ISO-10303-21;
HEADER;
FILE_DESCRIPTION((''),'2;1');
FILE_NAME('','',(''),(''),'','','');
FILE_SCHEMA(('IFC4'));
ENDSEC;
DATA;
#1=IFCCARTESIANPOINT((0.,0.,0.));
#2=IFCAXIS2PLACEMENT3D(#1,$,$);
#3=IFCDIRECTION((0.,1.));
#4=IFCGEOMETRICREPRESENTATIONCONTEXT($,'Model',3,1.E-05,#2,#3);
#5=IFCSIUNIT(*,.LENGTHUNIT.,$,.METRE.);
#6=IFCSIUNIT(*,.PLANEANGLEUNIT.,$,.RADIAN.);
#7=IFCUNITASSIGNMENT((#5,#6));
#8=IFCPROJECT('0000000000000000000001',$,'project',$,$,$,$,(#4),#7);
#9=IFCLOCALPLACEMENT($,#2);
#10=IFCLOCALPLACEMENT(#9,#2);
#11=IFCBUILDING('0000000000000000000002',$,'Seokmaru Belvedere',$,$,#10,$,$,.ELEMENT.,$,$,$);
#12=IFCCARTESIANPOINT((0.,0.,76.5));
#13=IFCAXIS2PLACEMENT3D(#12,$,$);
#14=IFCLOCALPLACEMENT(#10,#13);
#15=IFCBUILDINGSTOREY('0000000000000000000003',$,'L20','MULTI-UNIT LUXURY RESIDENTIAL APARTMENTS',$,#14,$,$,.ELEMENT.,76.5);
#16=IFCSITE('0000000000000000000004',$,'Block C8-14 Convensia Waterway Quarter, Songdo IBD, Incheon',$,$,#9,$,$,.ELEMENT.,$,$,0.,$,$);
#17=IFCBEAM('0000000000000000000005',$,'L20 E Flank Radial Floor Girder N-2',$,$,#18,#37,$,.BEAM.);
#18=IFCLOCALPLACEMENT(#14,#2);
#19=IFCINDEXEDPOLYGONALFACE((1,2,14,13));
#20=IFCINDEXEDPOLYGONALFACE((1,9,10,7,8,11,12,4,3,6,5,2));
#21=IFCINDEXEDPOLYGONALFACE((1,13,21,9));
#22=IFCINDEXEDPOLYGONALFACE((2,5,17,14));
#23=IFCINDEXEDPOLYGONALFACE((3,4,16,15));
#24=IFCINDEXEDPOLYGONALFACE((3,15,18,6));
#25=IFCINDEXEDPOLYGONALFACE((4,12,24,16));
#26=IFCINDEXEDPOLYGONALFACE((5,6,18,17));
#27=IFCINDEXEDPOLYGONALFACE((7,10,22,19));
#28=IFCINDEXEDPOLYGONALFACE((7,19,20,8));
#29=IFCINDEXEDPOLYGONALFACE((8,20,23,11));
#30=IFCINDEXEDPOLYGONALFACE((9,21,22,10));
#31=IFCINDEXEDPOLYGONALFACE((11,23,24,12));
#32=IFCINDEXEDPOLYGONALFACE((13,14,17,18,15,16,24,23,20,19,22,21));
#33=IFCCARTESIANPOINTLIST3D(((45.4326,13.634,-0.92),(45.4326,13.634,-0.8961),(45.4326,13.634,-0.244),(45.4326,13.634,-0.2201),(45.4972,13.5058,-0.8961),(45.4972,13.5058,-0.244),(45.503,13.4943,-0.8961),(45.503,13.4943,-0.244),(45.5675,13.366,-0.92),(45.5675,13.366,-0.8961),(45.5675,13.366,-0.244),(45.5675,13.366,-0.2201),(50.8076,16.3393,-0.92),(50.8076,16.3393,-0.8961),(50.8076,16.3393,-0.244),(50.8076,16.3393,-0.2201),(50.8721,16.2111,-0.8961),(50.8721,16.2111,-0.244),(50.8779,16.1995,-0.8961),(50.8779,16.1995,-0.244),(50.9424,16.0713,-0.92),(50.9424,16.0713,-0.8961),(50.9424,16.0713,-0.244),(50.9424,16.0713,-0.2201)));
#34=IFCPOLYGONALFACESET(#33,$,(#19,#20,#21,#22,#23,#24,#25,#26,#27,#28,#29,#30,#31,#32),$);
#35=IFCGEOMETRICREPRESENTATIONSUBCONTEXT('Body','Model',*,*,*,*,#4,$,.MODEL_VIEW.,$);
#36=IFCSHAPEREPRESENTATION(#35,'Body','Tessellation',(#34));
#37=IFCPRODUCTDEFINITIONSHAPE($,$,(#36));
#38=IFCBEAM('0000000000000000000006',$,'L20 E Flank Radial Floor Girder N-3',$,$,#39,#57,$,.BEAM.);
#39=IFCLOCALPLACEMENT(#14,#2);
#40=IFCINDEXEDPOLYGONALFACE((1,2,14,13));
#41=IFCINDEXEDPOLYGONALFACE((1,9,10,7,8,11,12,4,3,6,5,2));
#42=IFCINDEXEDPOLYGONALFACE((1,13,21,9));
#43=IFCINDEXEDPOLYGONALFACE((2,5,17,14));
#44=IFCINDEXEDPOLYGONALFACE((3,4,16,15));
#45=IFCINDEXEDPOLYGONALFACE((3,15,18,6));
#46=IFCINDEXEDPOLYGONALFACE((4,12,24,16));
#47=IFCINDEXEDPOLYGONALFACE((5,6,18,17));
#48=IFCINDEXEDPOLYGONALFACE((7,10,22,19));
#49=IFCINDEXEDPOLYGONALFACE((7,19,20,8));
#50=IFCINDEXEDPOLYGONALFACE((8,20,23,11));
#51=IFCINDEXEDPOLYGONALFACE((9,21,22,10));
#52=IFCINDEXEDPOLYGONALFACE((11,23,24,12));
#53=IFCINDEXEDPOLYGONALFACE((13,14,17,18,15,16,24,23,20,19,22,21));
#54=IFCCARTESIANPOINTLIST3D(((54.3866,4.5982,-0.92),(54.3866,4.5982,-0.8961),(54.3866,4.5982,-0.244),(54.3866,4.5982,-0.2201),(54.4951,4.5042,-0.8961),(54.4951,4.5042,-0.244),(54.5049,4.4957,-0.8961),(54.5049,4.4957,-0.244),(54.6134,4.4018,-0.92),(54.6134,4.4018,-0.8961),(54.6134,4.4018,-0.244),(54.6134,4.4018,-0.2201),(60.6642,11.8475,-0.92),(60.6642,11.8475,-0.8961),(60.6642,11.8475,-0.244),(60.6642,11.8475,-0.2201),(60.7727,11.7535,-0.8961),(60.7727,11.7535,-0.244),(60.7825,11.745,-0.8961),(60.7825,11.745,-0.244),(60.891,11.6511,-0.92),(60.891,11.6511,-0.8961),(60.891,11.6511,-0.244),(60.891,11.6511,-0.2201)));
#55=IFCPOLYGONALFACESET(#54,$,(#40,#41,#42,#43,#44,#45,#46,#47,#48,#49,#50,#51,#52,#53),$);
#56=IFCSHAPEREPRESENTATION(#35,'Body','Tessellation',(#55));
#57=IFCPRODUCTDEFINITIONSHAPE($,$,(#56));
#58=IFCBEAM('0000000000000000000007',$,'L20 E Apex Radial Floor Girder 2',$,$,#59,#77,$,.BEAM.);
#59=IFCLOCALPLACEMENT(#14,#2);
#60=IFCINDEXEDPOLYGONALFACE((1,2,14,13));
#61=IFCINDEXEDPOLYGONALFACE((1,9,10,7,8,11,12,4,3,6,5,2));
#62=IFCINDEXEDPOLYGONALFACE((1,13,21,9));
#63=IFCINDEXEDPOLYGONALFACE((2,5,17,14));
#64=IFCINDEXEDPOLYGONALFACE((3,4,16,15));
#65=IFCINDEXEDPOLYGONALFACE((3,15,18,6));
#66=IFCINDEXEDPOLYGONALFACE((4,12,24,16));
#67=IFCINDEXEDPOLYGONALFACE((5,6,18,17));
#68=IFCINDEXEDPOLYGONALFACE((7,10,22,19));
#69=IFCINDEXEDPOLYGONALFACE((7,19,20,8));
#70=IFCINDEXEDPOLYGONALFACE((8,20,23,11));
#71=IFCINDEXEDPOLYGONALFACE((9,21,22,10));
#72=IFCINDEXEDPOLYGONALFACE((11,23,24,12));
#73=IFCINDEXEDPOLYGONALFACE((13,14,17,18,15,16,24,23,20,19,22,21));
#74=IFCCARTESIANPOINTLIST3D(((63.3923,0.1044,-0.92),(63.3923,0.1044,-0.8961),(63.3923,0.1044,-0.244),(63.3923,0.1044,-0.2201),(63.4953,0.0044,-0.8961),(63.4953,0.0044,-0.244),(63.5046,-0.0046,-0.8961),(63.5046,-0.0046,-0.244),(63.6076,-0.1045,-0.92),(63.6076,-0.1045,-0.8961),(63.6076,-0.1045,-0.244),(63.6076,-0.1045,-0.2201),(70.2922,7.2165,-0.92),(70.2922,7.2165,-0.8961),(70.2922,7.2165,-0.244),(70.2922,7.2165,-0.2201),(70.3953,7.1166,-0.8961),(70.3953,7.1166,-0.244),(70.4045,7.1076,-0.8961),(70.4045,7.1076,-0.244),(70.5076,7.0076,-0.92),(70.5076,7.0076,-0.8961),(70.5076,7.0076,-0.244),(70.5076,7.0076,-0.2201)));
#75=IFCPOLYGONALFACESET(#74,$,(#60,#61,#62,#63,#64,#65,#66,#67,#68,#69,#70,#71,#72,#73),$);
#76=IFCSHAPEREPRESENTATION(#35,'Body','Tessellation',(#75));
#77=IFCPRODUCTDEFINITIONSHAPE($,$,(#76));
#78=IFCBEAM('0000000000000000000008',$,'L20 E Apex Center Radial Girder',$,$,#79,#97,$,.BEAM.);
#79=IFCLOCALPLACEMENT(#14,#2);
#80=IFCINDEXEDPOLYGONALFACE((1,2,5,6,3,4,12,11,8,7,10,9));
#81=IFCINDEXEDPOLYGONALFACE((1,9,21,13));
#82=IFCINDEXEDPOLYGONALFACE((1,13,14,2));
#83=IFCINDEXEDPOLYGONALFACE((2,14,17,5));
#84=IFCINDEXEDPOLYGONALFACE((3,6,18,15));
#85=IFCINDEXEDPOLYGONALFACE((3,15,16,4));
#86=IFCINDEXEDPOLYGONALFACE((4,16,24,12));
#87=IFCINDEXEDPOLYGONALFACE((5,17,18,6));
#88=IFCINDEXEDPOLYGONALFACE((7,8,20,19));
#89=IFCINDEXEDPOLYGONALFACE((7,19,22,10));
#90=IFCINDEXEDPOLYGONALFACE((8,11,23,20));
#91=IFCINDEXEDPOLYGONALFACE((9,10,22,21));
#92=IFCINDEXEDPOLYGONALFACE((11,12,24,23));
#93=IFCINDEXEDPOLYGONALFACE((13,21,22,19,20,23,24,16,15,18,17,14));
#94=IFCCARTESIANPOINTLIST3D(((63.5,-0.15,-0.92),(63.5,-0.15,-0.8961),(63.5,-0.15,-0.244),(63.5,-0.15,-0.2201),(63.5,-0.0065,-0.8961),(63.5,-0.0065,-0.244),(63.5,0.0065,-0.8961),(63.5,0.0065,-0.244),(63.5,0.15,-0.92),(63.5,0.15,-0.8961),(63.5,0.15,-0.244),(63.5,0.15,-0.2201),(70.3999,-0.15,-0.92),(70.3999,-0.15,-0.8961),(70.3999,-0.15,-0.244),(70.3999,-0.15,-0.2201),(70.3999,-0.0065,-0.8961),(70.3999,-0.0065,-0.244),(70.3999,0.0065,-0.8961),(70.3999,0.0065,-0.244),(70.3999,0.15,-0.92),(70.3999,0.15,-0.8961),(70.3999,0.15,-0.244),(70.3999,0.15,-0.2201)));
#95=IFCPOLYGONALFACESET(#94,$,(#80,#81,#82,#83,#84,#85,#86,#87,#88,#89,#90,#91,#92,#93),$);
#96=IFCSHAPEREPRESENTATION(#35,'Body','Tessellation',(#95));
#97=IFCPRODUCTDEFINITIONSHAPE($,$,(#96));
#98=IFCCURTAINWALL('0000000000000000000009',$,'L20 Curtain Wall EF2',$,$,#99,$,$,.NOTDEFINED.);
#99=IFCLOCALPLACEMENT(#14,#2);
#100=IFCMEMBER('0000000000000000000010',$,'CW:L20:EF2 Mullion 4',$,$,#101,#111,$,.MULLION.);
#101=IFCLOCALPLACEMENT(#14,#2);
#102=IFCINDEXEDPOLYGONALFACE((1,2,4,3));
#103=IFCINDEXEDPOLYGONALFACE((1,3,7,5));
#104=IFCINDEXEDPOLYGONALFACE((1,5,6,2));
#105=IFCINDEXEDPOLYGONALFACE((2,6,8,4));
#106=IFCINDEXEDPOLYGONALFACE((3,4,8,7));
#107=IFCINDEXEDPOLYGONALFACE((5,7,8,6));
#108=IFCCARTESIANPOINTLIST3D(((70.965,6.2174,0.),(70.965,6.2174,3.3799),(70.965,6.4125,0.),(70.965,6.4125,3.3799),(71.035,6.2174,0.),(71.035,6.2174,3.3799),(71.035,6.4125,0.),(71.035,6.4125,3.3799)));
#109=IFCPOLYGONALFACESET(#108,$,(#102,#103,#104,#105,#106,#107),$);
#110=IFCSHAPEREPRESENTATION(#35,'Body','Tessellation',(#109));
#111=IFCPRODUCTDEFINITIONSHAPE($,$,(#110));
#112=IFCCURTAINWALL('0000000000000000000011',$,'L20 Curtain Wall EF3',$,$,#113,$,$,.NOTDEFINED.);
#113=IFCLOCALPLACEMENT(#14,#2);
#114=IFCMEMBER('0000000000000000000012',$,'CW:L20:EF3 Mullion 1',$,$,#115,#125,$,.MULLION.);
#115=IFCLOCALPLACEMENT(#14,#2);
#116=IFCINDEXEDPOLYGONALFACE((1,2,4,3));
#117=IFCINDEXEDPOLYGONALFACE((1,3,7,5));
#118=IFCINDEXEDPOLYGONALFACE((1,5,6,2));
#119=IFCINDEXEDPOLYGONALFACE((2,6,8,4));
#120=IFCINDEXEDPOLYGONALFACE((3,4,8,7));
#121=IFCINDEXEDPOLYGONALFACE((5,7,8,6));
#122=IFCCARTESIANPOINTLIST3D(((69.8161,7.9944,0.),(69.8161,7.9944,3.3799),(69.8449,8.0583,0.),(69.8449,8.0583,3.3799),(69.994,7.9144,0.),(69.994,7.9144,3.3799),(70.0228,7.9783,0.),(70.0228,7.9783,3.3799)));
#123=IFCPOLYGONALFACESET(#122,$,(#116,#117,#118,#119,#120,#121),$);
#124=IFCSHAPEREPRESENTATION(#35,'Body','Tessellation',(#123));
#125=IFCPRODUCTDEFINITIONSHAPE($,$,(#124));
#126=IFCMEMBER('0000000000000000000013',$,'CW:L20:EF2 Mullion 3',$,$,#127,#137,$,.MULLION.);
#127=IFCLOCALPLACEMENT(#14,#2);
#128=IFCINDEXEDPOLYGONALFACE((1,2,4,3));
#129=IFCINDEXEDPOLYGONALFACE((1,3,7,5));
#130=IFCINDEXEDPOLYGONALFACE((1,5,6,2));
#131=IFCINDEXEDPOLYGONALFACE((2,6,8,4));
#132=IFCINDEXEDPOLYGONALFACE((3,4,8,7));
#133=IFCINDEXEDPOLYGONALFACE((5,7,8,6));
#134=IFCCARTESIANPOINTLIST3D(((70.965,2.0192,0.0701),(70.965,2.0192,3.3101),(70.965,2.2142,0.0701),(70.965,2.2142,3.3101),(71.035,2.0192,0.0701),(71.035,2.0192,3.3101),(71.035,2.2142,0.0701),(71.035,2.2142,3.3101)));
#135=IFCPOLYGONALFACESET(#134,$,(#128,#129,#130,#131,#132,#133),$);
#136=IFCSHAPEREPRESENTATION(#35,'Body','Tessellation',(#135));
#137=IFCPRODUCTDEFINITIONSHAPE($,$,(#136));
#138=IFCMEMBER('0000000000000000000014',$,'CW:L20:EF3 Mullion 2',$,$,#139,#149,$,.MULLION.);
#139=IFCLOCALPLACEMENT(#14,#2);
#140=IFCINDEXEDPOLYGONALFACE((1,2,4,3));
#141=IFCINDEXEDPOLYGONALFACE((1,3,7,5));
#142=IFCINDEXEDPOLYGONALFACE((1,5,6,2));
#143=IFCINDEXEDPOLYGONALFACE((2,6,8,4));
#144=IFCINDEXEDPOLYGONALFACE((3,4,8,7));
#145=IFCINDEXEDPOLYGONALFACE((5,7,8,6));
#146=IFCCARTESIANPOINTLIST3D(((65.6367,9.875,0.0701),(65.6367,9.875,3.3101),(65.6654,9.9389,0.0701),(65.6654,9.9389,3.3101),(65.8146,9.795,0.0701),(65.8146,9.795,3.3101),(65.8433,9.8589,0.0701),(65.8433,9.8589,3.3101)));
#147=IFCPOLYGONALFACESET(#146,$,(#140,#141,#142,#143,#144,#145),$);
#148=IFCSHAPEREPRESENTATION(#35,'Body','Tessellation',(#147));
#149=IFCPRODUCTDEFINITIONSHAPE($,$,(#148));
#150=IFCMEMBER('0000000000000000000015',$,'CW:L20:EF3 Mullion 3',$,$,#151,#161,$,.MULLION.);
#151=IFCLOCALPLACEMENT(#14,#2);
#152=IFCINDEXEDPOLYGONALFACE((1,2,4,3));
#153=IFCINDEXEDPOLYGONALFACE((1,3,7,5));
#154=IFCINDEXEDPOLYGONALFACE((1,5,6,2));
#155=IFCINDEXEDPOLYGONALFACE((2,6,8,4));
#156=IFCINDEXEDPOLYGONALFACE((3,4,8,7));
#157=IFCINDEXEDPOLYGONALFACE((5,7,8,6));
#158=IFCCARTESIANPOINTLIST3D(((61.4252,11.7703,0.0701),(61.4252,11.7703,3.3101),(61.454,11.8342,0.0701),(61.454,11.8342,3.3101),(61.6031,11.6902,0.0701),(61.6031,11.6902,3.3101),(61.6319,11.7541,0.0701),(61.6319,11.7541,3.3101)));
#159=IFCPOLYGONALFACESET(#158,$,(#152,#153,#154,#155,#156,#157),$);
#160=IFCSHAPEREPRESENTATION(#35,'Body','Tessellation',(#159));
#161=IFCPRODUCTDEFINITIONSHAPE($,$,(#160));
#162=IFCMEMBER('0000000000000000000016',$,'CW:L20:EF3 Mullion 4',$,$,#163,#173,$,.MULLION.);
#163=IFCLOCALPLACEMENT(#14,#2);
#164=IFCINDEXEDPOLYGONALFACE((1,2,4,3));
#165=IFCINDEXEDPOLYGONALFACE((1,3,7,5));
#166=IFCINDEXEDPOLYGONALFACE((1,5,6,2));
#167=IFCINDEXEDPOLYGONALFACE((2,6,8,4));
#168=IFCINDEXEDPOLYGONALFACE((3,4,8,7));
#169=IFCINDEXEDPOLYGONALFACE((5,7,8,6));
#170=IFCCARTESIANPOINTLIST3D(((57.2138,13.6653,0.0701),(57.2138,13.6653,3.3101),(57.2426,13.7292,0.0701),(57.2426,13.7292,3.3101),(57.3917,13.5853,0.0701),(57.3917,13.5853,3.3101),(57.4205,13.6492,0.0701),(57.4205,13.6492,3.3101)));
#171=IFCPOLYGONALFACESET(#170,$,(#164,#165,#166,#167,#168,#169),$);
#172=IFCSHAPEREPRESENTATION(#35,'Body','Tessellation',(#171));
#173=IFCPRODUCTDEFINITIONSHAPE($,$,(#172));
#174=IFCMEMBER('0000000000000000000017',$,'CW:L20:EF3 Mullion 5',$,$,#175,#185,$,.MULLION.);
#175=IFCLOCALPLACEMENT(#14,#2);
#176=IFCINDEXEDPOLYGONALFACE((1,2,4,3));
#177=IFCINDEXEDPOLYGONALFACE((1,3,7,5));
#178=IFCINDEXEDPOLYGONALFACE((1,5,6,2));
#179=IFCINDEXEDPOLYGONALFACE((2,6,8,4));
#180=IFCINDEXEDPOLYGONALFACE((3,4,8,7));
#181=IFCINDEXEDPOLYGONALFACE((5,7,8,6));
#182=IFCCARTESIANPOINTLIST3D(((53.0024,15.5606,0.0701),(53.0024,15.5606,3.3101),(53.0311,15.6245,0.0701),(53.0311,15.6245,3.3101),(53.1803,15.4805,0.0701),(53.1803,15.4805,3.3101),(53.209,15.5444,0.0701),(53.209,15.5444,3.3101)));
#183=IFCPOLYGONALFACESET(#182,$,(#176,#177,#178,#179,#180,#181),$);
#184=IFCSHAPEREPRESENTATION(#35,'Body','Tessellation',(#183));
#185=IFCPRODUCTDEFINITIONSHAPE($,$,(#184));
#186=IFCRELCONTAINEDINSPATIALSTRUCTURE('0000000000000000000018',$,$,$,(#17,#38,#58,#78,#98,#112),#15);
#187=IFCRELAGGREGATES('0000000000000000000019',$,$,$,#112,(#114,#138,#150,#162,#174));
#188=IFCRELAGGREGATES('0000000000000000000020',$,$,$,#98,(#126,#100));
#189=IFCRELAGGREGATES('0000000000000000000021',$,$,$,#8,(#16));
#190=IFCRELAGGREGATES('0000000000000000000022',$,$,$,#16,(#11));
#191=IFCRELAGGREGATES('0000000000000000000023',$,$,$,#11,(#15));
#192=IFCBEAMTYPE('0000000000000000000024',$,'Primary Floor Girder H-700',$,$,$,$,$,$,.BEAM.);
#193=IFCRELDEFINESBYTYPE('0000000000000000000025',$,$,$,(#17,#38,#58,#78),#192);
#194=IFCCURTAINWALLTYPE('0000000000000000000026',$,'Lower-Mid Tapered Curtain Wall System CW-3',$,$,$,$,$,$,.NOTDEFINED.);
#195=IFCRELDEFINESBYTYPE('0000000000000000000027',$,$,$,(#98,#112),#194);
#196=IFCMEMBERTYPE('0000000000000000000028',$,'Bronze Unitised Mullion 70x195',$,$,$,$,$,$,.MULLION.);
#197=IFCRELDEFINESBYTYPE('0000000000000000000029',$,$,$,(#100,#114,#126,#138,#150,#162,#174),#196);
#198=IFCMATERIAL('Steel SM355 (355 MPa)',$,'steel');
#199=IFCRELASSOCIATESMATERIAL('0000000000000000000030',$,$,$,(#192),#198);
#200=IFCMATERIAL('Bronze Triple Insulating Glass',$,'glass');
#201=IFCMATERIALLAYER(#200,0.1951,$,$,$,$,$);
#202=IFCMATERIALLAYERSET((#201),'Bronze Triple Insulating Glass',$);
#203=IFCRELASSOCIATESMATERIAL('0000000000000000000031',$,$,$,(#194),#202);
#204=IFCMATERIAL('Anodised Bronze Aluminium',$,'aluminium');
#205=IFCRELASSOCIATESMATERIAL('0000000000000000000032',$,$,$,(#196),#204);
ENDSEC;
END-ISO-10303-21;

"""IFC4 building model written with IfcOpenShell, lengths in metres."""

from ifc_helpers import new_model, si_unit, direction, frame, origin, origin_2d, place, context, subcontext, project, spatial, rectangle, i_section, extrude, source, transform, mapped, material, layer, layer_set, material_profile, profile_set, type_object, type_shapes, element, aggregate, save


model = new_model("IFC4")

# Units and contexts
model_context = context("Model", 3, precision=1e-05, world=origin(), true_north=direction((0.0, 1.0)))
body_context = subcontext(model_context, "Body", "Model", "MODEL_VIEW")
ifc_project = project(units=[si_unit("LENGTHUNIT", "METRE"), si_unit("PLANEANGLEUNIT", "RADIAN")], contexts=[model_context])

# Site, building, storey
site_placement = place(None, origin())
site = spatial("IfcSite", under=ifc_project, at=site_placement, Name="Block C8-14 Convensia Waterway Quarter, Songdo IBD, Incheon", CompositionType="ELEMENT", RefElevation=0.0)
building_placement = place(site_placement, origin())
building = spatial("IfcBuilding", under=site, at=building_placement, Name="Seokmaru Belvedere", CompositionType="ELEMENT")
storey_placement = place(building_placement, frame((0.0, 0.0, 76.5)))
storey = spatial("IfcBuildingStorey", under=building, at=storey_placement, Name="L20", Description="MULTI-UNIT LUXURY RESIDENTIAL APARTMENTS", CompositionType="ELEMENT", Elevation=76.5)

# Shared definitions
ifc_material_1 = material(Name="Steel SM355 (355 MPa)", Category="steel")

# Beams
ifc_material_profile_1 = material_profile(ifc_material_1, i_section(OverallWidth=0.3, OverallDepth=0.7, WebThickness=0.0129, FlangeThickness=0.0239, at=origin_2d()), Name="H-700x300x13x24")
ifc_profile_set_1 = profile_set([ifc_material_profile_1], Name="Steel SM355 (355 MPa)")
beam_type_1 = type_object("IfcBeamType", Name="Primary Floor Girder H-700", PredefinedType="BEAM", material=ifc_profile_set_1)
shared_shape_1 = source(origin(), body_context, "Body", "SweptSolid", [
    extrude(i_section(OverallWidth=0.3, OverallDepth=0.7, WebThickness=0.0129, FlangeThickness=0.0239, at=origin_2d()), origin(), (0.0, 0.0, 1.0), 6.0173),
])
beam_1_placement = place(storey_placement, frame((50.875, 16.2053, -0.5701), z_axis=(-0.893239, -0.449581, 0.0), x_axis=(0.449581, -0.893239, 0.0)))
element("IfcBeam", 1, at=beam_1_placement, inside=storey, type_object=beam_type_1, Name="L20 E Flank Radial Floor Girder N-2", PredefinedType="BEAM", context=body_context, shape_type="MappedRepresentation", body=[
    mapped(shared_shape_1, transform((0.0, 0.0, 0.0), scale=1.0)),
])
shared_shape_2 = source(origin(), body_context, "Body", "SweptSolid", [
    extrude(i_section(OverallWidth=0.3, OverallDepth=0.7, WebThickness=0.0129, FlangeThickness=0.0239, at=origin_2d()), origin(), (0.0, 0.0, 1.0), 9.5896),
])
beam_2_placement = place(storey_placement, frame((60.7776, 11.7493, -0.5701), z_axis=(-0.654626, -0.755953, 0.0), x_axis=(0.755953, -0.654626, 0.0)))
element("IfcBeam", 2, at=beam_2_placement, inside=storey, type_object=beam_type_1, Name="L20 E Flank Radial Floor Girder N-3", PredefinedType="BEAM", context=body_context, shape_type="MappedRepresentation", body=[
    mapped(shared_shape_2, transform((0.0, 0.0, 0.0), scale=1.0)),
])
shared_shape_3 = source(origin(), body_context, "Body", "SweptSolid", [
    extrude(i_section(OverallWidth=0.3, OverallDepth=0.7, WebThickness=0.0129, FlangeThickness=0.0239, at=origin_2d()), origin(), (0.0, 0.0, 1.0), 9.9092),
])
beam_3_placement = place(storey_placement, frame((70.3999, 7.1121, -0.5701), z_axis=(-0.696321, -0.717731, 0.0), x_axis=(0.717731, -0.696321, 0.0)))
element("IfcBeam", 3, at=beam_3_placement, inside=storey, type_object=beam_type_1, Name="L20 E Apex Radial Floor Girder 2", PredefinedType="BEAM", context=body_context, shape_type="MappedRepresentation", body=[
    mapped(shared_shape_3, transform((0.0, 0.0, 0.0), scale=1.0)),
])
shared_shape_4 = source(origin(), body_context, "Body", "SweptSolid", [
    extrude(i_section(OverallWidth=0.3, OverallDepth=0.7, WebThickness=0.0129, FlangeThickness=0.0239, at=origin_2d()), origin(), (0.0, 0.0, 1.0), 6.8999),
])
beam_4_placement = place(storey_placement, frame((70.3999, 0.0, -0.5701), z_axis=(-1.0, 0.0, 0.0), x_axis=(0.0, -1.0, 0.0)))
element("IfcBeam", 4, at=beam_4_placement, inside=storey, type_object=beam_type_1, Name="L20 E Apex Center Radial Girder", PredefinedType="BEAM", context=body_context, shape_type="MappedRepresentation", body=[
    mapped(shared_shape_4, transform((0.0, 0.0, 0.0), scale=1.0)),
])

# Curtain walls, members
ifc_material_2 = material(Name="Bronze Triple Insulating Glass", Category="glass")
ifc_layer_1 = layer(ifc_material_2, 0.1951)
ifc_layer_set_1 = layer_set([ifc_layer_1], Name="Bronze Triple Insulating Glass")
curtain_wall_type = type_object("IfcCurtainWallType", Name="Lower-Mid Tapered Curtain Wall System CW-3", PredefinedType="NOTDEFINED", material=ifc_layer_set_1)
curtain_wall_1_placement = place(storey_placement, origin())
curtain_wall_1 = element("IfcCurtainWall", 5, at=curtain_wall_1_placement, inside=storey, type_object=curtain_wall_type, Name="L20 Curtain Wall EF2", PredefinedType="NOTDEFINED")
ifc_material_3 = material(Name="Anodised Bronze Aluminium", Category="aluminium")
ifc_material_profile_2 = material_profile(ifc_material_3, rectangle(XDim=0.0701, YDim=0.1951, at=origin_2d()), Name="CW-M-70x195")
ifc_profile_set_2 = profile_set([ifc_material_profile_2], Name="Anodised Bronze Aluminium")
member_type_1 = type_object("IfcMemberType", Name="Bronze Unitised Mullion 70x195", PredefinedType="MULLION", material=ifc_profile_set_2)
shared_shape_5 = source(origin(), body_context, "Body", "SweptSolid", [
    extrude(rectangle(XDim=0.0701, YDim=0.1951, at=origin_2d()), origin(), (0.0, 0.0, 1.0), 3.3799),
])
member_1_placement = place(storey_placement, frame((71.0, 6.3149, 0.0), z_axis=(0.0, 0.0, 1.0), x_axis=(-1.0, 0.0, 0.0)))
member_1 = element("IfcMember", 6, at=member_1_placement, type_object=member_type_1, Name="CW:L20:EF2 Mullion 4", PredefinedType="MULLION", context=body_context, shape_type="MappedRepresentation", body=[
    mapped(shared_shape_5, transform((0.0, 0.0, 0.0), scale=1.0)),
])
curtain_wall_2_placement = place(storey_placement, origin())
curtain_wall_2 = element("IfcCurtainWall", 7, at=curtain_wall_2_placement, inside=storey, type_object=curtain_wall_type, Name="L20 Curtain Wall EF3", PredefinedType="NOTDEFINED")
member_2_placement = place(storey_placement, frame((69.9194, 7.9863, 0.0), z_axis=(0.0, 0.0, 1.0), x_axis=(-0.410366, -0.911921, 0.0)))
member_2 = element("IfcMember", 8, at=member_2_placement, type_object=member_type_1, Name="CW:L20:EF3 Mullion 1", PredefinedType="MULLION", context=body_context, shape_type="MappedRepresentation", body=[
    mapped(shared_shape_5, transform((0.0, 0.0, 0.0), scale=1.0)),
])

# Members
shared_shape_6 = source(origin(), body_context, "Body", "SweptSolid", [
    extrude(rectangle(XDim=0.0701, YDim=0.1951, at=origin_2d()), origin(), (0.0, 0.0, 1.0), 3.24),
])
type_shapes(member_type_1, [shared_shape_5, shared_shape_6])
member_3_placement = place(storey_placement, frame((71.0, 2.1167, 0.0701), z_axis=(0.0, 0.0, 1.0), x_axis=(-1.0, 0.0, 0.0)))
member_3 = element("IfcMember", 9, at=member_3_placement, type_object=member_type_1, Name="CW:L20:EF2 Mullion 3", PredefinedType="MULLION", context=body_context, shape_type="MappedRepresentation", body=[
    mapped(shared_shape_6, transform((0.0, 0.0, 0.0), scale=1.0)),
])
member_4_placement = place(storey_placement, frame((65.74, 9.8669, 0.0701), z_axis=(0.0, 0.0, 1.0), x_axis=(-0.410366, -0.911921, 0.0)))
member_4 = element("IfcMember", 10, at=member_4_placement, type_object=member_type_1, Name="CW:L20:EF3 Mullion 2", PredefinedType="MULLION", context=body_context, shape_type="MappedRepresentation", body=[
    mapped(shared_shape_6, transform((0.0, 0.0, 0.0), scale=1.0)),
])
member_5_placement = place(storey_placement, frame((61.5286, 11.7622, 0.0701), z_axis=(0.0, 0.0, 1.0), x_axis=(-0.410366, -0.911921, 0.0)))
member_5 = element("IfcMember", 11, at=member_5_placement, type_object=member_type_1, Name="CW:L20:EF3 Mullion 3", PredefinedType="MULLION", context=body_context, shape_type="MappedRepresentation", body=[
    mapped(shared_shape_6, transform((0.0, 0.0, 0.0), scale=1.0)),
])
member_6_placement = place(storey_placement, frame((57.3171, 13.6572, 0.0701), z_axis=(0.0, 0.0, 1.0), x_axis=(-0.410366, -0.911921, 0.0)))
member_6 = element("IfcMember", 12, at=member_6_placement, type_object=member_type_1, Name="CW:L20:EF3 Mullion 4", PredefinedType="MULLION", context=body_context, shape_type="MappedRepresentation", body=[
    mapped(shared_shape_6, transform((0.0, 0.0, 0.0), scale=1.0)),
])
member_7_placement = place(storey_placement, frame((53.1057, 15.5525, 0.0701), z_axis=(0.0, 0.0, 1.0), x_axis=(-0.410366, -0.911921, 0.0)))
member_7 = element("IfcMember", 13, at=member_7_placement, type_object=member_type_1, Name="CW:L20:EF3 Mullion 5", PredefinedType="MULLION", context=body_context, shape_type="MappedRepresentation", body=[
    mapped(shared_shape_6, transform((0.0, 0.0, 0.0), scale=1.0)),
])

aggregate(curtain_wall_2, [member_2, member_4, member_5, member_6, member_7])
aggregate(curtain_wall_1, [member_3, member_1])

save(model, "model.ifc")
